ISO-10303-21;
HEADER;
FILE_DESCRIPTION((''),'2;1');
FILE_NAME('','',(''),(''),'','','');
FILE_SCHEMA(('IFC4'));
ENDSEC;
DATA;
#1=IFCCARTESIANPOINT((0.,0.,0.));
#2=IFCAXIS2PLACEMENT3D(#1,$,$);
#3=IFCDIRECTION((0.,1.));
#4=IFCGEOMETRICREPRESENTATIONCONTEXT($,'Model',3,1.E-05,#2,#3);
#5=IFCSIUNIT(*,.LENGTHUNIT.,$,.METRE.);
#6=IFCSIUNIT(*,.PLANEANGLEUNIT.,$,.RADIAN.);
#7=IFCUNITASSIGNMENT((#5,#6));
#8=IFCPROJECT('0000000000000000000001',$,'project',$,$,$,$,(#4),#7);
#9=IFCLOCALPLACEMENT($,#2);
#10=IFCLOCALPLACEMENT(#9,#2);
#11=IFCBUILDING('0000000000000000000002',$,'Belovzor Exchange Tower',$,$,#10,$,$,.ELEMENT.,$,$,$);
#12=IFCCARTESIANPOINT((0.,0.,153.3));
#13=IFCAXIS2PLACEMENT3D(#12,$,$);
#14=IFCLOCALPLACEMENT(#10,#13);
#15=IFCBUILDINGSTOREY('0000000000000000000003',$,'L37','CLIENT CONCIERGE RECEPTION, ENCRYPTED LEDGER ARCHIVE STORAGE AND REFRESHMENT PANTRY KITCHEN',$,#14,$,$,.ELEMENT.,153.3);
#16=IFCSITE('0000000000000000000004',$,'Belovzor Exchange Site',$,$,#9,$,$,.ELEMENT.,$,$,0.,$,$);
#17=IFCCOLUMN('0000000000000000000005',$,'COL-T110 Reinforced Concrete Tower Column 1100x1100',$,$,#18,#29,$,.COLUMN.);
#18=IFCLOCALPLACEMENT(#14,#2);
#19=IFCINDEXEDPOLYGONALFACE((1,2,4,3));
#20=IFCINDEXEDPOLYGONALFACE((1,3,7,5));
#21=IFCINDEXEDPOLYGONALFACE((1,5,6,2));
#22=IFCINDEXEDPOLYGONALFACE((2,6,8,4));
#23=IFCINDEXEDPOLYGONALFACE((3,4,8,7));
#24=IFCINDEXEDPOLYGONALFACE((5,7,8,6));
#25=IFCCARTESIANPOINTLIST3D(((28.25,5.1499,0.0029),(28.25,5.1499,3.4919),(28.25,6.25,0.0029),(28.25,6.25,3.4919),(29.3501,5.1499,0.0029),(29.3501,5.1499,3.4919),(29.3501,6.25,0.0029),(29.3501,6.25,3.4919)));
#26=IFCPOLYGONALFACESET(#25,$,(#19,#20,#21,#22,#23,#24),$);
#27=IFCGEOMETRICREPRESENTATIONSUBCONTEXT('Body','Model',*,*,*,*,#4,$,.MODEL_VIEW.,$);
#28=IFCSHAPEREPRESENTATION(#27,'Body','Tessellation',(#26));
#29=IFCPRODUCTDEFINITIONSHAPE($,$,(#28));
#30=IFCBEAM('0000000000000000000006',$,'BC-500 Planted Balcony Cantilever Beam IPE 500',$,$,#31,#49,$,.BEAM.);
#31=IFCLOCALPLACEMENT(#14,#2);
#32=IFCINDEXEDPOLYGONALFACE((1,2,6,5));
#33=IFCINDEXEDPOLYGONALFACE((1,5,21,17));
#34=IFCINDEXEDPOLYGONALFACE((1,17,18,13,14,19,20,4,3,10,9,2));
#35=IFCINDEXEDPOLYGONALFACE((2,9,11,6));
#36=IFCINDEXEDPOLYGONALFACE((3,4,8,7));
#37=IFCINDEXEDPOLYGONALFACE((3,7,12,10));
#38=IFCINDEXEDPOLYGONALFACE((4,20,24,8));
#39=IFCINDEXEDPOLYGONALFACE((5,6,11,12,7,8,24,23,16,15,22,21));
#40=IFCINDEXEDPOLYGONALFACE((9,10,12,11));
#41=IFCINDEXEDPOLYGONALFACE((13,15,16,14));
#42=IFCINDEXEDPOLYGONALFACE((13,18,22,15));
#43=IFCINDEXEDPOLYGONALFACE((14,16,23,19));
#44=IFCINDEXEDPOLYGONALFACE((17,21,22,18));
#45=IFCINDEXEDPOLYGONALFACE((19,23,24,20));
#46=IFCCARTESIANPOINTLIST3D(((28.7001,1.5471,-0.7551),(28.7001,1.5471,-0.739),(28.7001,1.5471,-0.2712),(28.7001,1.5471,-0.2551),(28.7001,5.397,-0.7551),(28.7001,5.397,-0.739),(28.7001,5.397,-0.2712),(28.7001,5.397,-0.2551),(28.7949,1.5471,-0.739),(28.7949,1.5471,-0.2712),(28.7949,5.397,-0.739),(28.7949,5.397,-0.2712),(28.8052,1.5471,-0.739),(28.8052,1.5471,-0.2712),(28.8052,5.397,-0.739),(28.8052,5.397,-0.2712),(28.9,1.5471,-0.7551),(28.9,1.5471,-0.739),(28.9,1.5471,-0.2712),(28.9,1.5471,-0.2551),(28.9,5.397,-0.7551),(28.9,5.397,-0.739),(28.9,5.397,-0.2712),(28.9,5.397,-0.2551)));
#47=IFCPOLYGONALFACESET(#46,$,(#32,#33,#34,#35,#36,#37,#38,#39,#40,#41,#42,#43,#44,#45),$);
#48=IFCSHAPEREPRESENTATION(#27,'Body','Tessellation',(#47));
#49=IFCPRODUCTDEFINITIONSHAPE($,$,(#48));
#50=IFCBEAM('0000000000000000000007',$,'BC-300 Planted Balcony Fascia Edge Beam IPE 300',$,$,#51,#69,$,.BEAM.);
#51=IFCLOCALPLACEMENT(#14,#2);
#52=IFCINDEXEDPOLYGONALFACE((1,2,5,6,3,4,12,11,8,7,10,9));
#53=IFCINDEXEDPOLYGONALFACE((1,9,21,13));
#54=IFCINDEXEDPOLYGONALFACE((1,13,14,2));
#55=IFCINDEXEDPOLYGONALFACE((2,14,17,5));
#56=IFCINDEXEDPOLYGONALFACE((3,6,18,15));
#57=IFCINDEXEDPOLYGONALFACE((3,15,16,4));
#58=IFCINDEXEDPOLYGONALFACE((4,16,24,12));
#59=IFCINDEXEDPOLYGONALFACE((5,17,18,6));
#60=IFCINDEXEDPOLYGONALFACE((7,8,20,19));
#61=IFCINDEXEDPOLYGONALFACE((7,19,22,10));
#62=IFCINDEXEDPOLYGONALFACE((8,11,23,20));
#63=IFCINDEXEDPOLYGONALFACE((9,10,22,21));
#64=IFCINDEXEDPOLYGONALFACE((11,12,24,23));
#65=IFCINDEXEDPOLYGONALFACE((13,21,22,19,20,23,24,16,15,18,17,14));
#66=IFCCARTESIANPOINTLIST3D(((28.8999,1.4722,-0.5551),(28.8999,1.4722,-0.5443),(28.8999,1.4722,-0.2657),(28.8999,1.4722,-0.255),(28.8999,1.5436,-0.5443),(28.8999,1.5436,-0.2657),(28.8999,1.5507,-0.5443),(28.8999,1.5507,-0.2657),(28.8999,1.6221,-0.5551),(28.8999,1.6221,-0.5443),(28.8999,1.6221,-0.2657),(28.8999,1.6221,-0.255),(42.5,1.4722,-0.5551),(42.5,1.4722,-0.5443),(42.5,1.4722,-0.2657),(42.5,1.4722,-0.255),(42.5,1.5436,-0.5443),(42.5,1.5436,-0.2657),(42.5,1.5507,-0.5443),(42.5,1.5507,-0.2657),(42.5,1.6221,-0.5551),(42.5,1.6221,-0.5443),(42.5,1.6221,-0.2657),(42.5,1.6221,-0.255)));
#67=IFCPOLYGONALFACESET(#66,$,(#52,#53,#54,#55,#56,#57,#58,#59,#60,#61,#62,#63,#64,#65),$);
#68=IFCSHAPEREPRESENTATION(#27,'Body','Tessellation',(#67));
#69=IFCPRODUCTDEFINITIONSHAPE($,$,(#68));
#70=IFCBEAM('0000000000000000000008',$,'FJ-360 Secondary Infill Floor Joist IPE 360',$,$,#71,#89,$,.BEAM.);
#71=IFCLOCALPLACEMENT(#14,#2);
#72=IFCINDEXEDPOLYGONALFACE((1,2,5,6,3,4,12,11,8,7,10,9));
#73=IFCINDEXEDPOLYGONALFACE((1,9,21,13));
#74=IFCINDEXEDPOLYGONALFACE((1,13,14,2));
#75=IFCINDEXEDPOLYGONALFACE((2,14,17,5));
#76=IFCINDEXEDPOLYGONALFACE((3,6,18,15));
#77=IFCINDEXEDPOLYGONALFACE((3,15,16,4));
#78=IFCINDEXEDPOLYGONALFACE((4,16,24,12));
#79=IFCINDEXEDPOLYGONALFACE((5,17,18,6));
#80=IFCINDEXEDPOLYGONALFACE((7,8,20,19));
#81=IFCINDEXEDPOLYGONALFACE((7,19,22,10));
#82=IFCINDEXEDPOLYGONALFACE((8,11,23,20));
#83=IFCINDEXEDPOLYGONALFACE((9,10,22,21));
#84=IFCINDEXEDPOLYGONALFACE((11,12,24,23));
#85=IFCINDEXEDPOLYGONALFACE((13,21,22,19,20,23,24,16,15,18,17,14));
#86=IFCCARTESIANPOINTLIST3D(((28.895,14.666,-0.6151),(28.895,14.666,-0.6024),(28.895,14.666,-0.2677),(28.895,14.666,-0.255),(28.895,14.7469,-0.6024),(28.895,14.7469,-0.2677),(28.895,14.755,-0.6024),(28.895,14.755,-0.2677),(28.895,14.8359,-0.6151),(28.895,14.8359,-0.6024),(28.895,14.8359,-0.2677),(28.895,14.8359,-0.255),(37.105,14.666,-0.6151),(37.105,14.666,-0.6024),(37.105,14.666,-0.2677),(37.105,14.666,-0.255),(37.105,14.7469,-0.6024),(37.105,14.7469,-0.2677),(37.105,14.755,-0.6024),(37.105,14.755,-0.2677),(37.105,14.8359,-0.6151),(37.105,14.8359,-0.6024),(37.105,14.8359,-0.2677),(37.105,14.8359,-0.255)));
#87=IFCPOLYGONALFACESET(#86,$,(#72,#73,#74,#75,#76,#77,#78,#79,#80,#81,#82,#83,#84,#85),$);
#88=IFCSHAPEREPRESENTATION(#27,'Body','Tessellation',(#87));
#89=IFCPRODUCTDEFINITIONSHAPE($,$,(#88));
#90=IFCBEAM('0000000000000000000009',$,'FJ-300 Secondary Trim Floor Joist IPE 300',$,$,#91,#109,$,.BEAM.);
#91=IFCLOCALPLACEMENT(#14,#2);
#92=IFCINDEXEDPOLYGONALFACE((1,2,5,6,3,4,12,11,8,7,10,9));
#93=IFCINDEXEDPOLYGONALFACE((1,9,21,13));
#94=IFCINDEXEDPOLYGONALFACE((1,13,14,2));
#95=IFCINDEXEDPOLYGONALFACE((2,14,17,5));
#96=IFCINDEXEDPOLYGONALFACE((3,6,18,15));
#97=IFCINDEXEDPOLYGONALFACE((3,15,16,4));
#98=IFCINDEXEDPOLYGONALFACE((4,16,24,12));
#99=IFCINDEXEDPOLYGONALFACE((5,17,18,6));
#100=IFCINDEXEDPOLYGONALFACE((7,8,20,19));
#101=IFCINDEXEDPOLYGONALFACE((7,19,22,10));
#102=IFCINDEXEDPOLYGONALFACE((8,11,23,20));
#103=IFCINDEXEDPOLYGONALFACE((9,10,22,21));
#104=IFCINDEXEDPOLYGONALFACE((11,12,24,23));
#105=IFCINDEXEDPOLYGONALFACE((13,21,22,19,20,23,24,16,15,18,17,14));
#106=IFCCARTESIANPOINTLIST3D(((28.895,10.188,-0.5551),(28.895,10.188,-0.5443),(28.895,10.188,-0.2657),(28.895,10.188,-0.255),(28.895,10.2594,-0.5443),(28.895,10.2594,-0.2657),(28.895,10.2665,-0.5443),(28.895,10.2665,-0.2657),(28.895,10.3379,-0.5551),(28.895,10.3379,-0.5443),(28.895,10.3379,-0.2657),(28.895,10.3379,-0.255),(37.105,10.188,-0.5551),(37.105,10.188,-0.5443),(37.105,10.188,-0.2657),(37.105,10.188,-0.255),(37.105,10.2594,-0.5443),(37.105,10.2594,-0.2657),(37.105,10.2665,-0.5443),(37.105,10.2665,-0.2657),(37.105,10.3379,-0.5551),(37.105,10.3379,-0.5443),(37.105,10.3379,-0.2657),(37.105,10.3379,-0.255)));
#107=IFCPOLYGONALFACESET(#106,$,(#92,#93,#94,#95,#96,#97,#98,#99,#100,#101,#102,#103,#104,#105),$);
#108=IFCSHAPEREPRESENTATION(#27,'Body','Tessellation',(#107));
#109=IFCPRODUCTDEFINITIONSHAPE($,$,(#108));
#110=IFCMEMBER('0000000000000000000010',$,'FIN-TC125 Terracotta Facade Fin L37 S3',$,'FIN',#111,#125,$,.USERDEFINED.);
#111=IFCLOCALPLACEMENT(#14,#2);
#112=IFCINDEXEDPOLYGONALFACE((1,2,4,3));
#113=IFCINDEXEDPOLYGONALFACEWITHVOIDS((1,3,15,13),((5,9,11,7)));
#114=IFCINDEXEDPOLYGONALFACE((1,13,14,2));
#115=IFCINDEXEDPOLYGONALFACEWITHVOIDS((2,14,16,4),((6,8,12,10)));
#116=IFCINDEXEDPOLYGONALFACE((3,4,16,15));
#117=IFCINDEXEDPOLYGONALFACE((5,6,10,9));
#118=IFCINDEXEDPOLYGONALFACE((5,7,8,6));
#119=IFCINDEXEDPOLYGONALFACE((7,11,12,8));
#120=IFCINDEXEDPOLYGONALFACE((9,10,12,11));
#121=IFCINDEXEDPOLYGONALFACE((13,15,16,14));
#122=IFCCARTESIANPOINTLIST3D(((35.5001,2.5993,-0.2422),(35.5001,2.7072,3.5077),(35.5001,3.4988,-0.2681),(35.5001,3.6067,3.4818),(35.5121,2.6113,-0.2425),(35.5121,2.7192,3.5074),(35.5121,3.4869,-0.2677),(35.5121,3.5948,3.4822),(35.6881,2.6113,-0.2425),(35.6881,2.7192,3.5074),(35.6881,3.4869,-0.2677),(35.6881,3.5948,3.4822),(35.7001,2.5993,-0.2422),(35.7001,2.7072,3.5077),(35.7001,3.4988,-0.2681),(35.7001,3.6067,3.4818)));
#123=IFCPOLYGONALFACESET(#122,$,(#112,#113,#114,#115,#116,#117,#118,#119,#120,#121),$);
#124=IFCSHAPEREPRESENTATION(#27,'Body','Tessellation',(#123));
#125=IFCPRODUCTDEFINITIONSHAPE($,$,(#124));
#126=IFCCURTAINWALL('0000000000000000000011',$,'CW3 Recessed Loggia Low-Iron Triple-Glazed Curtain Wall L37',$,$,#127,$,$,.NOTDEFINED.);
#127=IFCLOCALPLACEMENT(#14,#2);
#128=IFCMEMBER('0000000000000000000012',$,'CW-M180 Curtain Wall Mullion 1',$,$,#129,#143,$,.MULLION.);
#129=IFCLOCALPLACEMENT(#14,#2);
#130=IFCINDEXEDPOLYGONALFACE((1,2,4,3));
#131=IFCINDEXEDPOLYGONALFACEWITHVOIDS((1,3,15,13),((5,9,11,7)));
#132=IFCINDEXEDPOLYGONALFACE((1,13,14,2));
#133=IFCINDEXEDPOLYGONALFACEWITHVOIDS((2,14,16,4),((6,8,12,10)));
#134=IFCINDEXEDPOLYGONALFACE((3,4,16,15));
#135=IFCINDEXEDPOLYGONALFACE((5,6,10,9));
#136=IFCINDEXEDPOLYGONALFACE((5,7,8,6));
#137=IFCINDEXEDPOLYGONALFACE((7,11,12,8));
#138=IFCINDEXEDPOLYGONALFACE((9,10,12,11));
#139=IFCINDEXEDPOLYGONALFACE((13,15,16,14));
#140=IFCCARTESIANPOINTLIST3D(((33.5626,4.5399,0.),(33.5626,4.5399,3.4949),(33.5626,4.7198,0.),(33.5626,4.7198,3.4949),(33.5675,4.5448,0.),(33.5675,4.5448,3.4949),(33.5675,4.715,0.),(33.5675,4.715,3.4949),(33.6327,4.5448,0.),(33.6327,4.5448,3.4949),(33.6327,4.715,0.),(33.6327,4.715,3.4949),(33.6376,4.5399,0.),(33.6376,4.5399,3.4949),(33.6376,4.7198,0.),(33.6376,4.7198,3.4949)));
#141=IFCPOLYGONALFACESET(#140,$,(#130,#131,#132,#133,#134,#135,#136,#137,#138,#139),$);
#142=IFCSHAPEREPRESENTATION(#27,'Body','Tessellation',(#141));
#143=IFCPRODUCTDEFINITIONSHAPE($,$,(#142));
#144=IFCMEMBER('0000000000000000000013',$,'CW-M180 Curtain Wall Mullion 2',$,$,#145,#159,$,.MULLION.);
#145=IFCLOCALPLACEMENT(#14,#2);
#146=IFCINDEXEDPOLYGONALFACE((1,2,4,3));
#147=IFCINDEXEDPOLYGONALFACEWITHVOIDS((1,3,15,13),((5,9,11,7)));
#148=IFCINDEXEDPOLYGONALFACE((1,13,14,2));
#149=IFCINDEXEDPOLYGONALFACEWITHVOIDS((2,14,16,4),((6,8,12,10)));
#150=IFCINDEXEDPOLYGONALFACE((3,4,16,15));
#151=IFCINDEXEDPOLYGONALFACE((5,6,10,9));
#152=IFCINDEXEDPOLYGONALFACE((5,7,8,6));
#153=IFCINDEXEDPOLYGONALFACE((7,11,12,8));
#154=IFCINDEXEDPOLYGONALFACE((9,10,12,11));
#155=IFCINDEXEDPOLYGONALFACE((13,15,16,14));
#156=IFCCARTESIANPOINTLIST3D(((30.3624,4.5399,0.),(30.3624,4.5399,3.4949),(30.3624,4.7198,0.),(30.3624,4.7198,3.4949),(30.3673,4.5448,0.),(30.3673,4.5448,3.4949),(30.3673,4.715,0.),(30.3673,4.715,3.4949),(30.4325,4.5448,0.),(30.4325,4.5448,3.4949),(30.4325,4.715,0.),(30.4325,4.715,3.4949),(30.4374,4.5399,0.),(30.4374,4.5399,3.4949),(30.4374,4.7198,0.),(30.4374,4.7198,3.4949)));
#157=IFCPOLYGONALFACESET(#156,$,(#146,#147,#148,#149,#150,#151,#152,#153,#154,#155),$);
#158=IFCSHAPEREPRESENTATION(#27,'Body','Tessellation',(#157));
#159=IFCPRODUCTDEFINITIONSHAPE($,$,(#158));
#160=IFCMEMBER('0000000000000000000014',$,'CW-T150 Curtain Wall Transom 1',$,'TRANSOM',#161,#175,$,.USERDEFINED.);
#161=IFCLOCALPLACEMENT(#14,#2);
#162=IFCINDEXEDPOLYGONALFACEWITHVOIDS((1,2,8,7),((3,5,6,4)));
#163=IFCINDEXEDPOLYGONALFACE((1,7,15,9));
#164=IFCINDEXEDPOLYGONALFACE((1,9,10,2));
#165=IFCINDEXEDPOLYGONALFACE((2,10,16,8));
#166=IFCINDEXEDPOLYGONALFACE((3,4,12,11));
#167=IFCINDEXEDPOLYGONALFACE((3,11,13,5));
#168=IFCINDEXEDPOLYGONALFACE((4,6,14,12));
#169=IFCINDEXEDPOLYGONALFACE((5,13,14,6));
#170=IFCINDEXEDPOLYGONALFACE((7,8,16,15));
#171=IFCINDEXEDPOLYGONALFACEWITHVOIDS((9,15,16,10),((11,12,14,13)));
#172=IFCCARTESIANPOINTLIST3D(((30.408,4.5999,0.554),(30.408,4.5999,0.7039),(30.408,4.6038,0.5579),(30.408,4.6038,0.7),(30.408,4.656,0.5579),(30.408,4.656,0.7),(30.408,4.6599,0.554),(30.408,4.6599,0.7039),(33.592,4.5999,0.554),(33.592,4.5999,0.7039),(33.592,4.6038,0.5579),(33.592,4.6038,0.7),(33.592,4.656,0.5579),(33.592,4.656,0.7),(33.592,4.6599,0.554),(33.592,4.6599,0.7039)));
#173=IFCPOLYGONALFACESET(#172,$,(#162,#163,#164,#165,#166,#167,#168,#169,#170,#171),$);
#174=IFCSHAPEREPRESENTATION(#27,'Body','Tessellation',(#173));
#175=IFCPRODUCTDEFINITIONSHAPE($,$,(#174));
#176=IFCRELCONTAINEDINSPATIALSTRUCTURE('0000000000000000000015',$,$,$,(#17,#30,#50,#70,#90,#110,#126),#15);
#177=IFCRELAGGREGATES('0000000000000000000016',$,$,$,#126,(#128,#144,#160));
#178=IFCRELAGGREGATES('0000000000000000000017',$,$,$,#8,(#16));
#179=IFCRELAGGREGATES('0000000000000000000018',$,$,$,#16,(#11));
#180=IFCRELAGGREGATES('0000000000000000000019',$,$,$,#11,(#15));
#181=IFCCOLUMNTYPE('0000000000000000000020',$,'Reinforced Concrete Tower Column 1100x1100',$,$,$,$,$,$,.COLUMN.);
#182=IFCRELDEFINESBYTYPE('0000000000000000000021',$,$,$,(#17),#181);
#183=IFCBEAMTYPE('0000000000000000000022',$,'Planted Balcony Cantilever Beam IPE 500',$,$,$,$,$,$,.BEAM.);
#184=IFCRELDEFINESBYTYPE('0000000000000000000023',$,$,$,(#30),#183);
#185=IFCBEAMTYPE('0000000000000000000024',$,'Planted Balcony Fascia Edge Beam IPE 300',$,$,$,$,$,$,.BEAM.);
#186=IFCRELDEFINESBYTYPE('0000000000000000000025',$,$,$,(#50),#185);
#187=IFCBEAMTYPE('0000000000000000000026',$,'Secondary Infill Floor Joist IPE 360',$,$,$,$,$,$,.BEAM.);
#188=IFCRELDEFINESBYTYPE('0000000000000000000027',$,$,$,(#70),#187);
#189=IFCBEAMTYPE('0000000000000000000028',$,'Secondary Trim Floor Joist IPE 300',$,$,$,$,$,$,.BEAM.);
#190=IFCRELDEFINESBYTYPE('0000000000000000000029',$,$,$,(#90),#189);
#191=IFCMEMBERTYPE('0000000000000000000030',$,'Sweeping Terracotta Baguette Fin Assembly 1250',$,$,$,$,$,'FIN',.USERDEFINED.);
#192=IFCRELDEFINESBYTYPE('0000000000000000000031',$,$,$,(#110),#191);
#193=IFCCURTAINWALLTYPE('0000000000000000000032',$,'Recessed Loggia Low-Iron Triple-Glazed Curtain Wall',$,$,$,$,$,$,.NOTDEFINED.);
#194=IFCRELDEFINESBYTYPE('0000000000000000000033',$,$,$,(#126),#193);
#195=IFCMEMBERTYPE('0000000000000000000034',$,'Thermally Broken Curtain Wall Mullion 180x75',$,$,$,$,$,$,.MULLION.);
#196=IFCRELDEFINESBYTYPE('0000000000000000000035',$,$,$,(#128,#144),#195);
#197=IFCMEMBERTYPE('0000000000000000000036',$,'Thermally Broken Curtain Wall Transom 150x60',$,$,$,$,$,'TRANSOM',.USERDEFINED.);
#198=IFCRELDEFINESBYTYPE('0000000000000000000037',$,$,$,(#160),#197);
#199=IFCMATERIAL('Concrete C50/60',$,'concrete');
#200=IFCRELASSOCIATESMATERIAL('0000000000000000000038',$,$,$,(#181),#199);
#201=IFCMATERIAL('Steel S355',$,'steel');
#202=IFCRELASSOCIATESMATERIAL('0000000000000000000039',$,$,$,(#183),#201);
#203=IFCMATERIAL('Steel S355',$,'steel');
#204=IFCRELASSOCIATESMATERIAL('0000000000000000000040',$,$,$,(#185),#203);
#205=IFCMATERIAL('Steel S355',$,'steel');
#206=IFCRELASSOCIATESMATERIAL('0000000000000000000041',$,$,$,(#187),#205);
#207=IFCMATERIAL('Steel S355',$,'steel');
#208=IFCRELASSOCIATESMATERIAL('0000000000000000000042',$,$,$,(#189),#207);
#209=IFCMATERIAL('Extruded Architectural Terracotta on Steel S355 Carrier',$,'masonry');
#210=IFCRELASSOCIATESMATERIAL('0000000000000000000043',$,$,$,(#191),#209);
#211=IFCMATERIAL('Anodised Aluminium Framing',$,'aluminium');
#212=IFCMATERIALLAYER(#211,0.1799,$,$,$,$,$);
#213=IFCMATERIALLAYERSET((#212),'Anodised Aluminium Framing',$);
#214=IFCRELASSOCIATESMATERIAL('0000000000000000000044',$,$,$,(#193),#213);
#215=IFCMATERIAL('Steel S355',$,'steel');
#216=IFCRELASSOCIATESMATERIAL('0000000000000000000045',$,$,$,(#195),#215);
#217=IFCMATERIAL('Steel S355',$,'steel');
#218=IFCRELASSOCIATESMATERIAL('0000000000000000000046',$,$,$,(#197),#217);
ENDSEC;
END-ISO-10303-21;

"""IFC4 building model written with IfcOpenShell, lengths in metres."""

from ifc_helpers import new_model, si_unit, direction, frame, origin, origin_2d, place, context, subcontext, project, spatial, rectangle, hollow_rectangle, i_section, extrude, material, layer, layer_set, material_profile, profile_set, type_object, element, aggregate, save


model = new_model("IFC4")

# Units and contexts
model_context = context("Model", 3, precision=1e-05, world=origin(), true_north=direction((0.0, 1.0)))
body_context = subcontext(model_context, "Body", "Model", "MODEL_VIEW")
ifc_project = project(units=[si_unit("LENGTHUNIT", "METRE"), si_unit("PLANEANGLEUNIT", "RADIAN")], contexts=[model_context])

# Site, building, storey
site_placement = place(None, origin())
site = spatial("IfcSite", under=ifc_project, at=site_placement, Name="Belovzor Exchange Site", CompositionType="ELEMENT", RefElevation=0.0)
building_placement = place(site_placement, origin())
building = spatial("IfcBuilding", under=site, at=building_placement, Name="Belovzor Exchange Tower", CompositionType="ELEMENT")
storey_placement = place(building_placement, frame((0.0, 0.0, 153.3)))
storey = spatial("IfcBuildingStorey", under=building, at=storey_placement, Name="L37", Description="CLIENT CONCIERGE RECEPTION, ENCRYPTED LEDGER ARCHIVE STORAGE AND REFRESHMENT PANTRY KITCHEN", CompositionType="ELEMENT", Elevation=153.3)

# Column
ifc_material_1 = material(Name="Concrete C50/60", Category="concrete")
ifc_material_profile_1 = material_profile(ifc_material_1, rectangle(XDim=1.1001, YDim=1.1001, at=origin_2d()))
ifc_profile_set_1 = profile_set([ifc_material_profile_1], Name="Concrete C50/60")
column_type = type_object("IfcColumnType", Name="Reinforced Concrete Tower Column 1100x1100", PredefinedType="COLUMN", material=ifc_profile_set_1)
column_placement = place(storey_placement, frame((28.8, 5.7, 0.0029), z_axis=(0.0, 0.0, 1.0), x_axis=(1.0, 0.0, 0.0)))
element("IfcColumn", 1, at=column_placement, inside=storey, type_object=column_type, Name="COL-T110 Reinforced Concrete Tower Column 1100x1100", PredefinedType="COLUMN", context=body_context, shape_type="SweptSolid", body=[
    extrude(rectangle(XDim=1.1001, YDim=1.1001, at=origin_2d()), origin(), (0.0, 0.0, 1.0), 3.489),
])

# Beams
ifc_material_2 = material(Name="Steel S355", Category="steel")
ifc_material_profile_2 = material_profile(ifc_material_2, i_section(OverallWidth=0.2, OverallDepth=0.5, WebThickness=0.0103, FlangeThickness=0.0161, at=origin_2d()))
ifc_profile_set_2 = profile_set([ifc_material_profile_2], Name="Steel S355")
beam_type_1 = type_object("IfcBeamType", Name="Planted Balcony Cantilever Beam IPE 500", PredefinedType="BEAM", material=ifc_profile_set_2)
beam_1_placement = place(storey_placement, frame((28.8, 5.397, -0.5051), z_axis=(0.0, -1.0, 0.0), x_axis=(1.0, 0.0, 0.0)))
element("IfcBeam", 2, at=beam_1_placement, inside=storey, type_object=beam_type_1, Name="BC-500 Planted Balcony Cantilever Beam IPE 500", PredefinedType="BEAM", context=body_context, shape_type="SweptSolid", body=[
    extrude(i_section(OverallWidth=0.2, OverallDepth=0.5, WebThickness=0.0103, FlangeThickness=0.0161, at=origin_2d()), origin(), (0.0, 0.0, 1.0), 3.8499),
])
ifc_material_3 = material(Name="Steel S355", Category="steel")
ifc_material_profile_3 = material_profile(ifc_material_3, i_section(OverallWidth=0.1499, OverallDepth=0.3, WebThickness=0.0071, FlangeThickness=0.0107, at=origin_2d()))
ifc_profile_set_3 = profile_set([ifc_material_profile_3], Name="Steel S355")
beam_type_2 = type_object("IfcBeamType", Name="Planted Balcony Fascia Edge Beam IPE 300", PredefinedType="BEAM", material=ifc_profile_set_3)
beam_2_placement = place(storey_placement, frame((28.8999, 1.5471, -0.405), z_axis=(1.0, 0.0, 0.0), x_axis=(0.0, 1.0, 0.0)))
element("IfcBeam", 3, at=beam_2_placement, inside=storey, type_object=beam_type_2, Name="BC-300 Planted Balcony Fascia Edge Beam IPE 300", PredefinedType="BEAM", context=body_context, shape_type="SweptSolid", body=[
    extrude(i_section(OverallWidth=0.1499, OverallDepth=0.3, WebThickness=0.0071, FlangeThickness=0.0107, at=origin_2d()), origin(), (0.0, 0.0, 1.0), 13.6001),
])
ifc_material_4 = material(Name="Steel S355", Category="steel")
ifc_material_profile_4 = material_profile(ifc_material_4, i_section(OverallWidth=0.1699, OverallDepth=0.3601, WebThickness=0.0081, FlangeThickness=0.0127, at=origin_2d()))
ifc_profile_set_4 = profile_set([ifc_material_profile_4], Name="Steel S355")
beam_type_3 = type_object("IfcBeamType", Name="Secondary Infill Floor Joist IPE 360", PredefinedType="BEAM", material=ifc_profile_set_4)
beam_3_placement = place(storey_placement, frame((28.895, 14.751, -0.4351), z_axis=(1.0, 0.0, 0.0), x_axis=(0.0, 1.0, 0.0)))
element("IfcBeam", 4, at=beam_3_placement, inside=storey, type_object=beam_type_3, Name="FJ-360 Secondary Infill Floor Joist IPE 360", PredefinedType="BEAM", context=body_context, shape_type="SweptSolid", body=[
    extrude(i_section(OverallWidth=0.1699, OverallDepth=0.3601, WebThickness=0.0081, FlangeThickness=0.0127, at=origin_2d()), origin(), (0.0, 0.0, 1.0), 8.21),
])
ifc_material_5 = material(Name="Steel S355", Category="steel")
ifc_material_profile_5 = material_profile(ifc_material_5, i_section(OverallWidth=0.1499, OverallDepth=0.3, WebThickness=0.0071, FlangeThickness=0.0107, at=origin_2d()))
ifc_profile_set_5 = profile_set([ifc_material_profile_5], Name="Steel S355")
beam_type_4 = type_object("IfcBeamType", Name="Secondary Trim Floor Joist IPE 300", PredefinedType="BEAM", material=ifc_profile_set_5)
beam_4_placement = place(storey_placement, frame((28.895, 10.2629, -0.405), z_axis=(1.0, 0.0, 0.0), x_axis=(0.0, 1.0, 0.0)))
element("IfcBeam", 5, at=beam_4_placement, inside=storey, type_object=beam_type_4, Name="FJ-300 Secondary Trim Floor Joist IPE 300", PredefinedType="BEAM", context=body_context, shape_type="SweptSolid", body=[
    extrude(i_section(OverallWidth=0.1499, OverallDepth=0.3, WebThickness=0.0071, FlangeThickness=0.0107, at=origin_2d()), origin(), (0.0, 0.0, 1.0), 8.21),
])

# Member
ifc_material_6 = material(Name="Extruded Architectural Terracotta on Steel S355 Carrier", Category="masonry")
ifc_material_profile_6 = material_profile(ifc_material_6, hollow_rectangle(XDim=0.2, YDim=0.8999, WallThickness=0.012, at=origin_2d()))
ifc_profile_set_6 = profile_set([ifc_material_profile_6], Name="Extruded Architectural Terracotta on Steel S355 Carrier")
member_type_1 = type_object("IfcMemberType", Name="Sweeping Terracotta Baguette Fin Assembly 1250", ElementType="FIN", PredefinedType="USERDEFINED", material=ifc_profile_set_6)
member_1_placement = place(storey_placement, frame((35.6001, 3.0491, -0.2551), z_axis=(0.0, 0.028764, 0.999586), x_axis=(-1.0, 0.0, 0.0)))
element("IfcMember", 6, at=member_1_placement, inside=storey, type_object=member_type_1, Name="FIN-TC125 Terracotta Facade Fin L37 S3", ObjectType="FIN", PredefinedType="USERDEFINED", context=body_context, shape_type="SweptSolid", body=[
    extrude(hollow_rectangle(XDim=0.2, YDim=0.8999, WallThickness=0.012, at=origin_2d()), origin(), (0.0, 0.0, 1.0), 3.7515),
])

# Curtain wall, members
ifc_material_7 = material(Name="Anodised Aluminium Framing", Category="aluminium")
ifc_layer_1 = layer(ifc_material_7, 0.1799)
ifc_layer_set_1 = layer_set([ifc_layer_1], Name="Anodised Aluminium Framing")
curtain_wall_type = type_object("IfcCurtainWallType", Name="Recessed Loggia Low-Iron Triple-Glazed Curtain Wall", PredefinedType="NOTDEFINED", material=ifc_layer_set_1)
curtain_wall_placement = place(storey_placement, origin())
curtain_wall = element("IfcCurtainWall", 7, at=curtain_wall_placement, inside=storey, type_object=curtain_wall_type, Name="CW3 Recessed Loggia Low-Iron Triple-Glazed Curtain Wall L37", PredefinedType="NOTDEFINED")
ifc_material_8 = material(Name="Steel S355", Category="steel")
ifc_material_profile_7 = material_profile(ifc_material_8, hollow_rectangle(XDim=0.075, YDim=0.1799, WallThickness=0.0049, at=origin_2d()))
ifc_profile_set_7 = profile_set([ifc_material_profile_7], Name="Steel S355")
member_type_2 = type_object("IfcMemberType", Name="Thermally Broken Curtain Wall Mullion 180x75", PredefinedType="MULLION", material=ifc_profile_set_7)
member_2_placement = place(storey_placement, frame((33.6001, 4.6299, 0.0), z_axis=(0.0, 0.0, 1.0), x_axis=(-1.0, 0.0, 0.0)))
member_2 = element("IfcMember", 8, at=member_2_placement, type_object=member_type_2, Name="CW-M180 Curtain Wall Mullion 1", PredefinedType="MULLION", context=body_context, shape_type="SweptSolid", body=[
    extrude(hollow_rectangle(XDim=0.075, YDim=0.1799, WallThickness=0.0049, at=origin_2d()), origin(), (0.0, 0.0, 1.0), 3.4949),
])
member_3_placement = place(storey_placement, frame((30.3999, 4.6299, 0.0), z_axis=(0.0, 0.0, 1.0), x_axis=(-1.0, 0.0, 0.0)))
member_3 = element("IfcMember", 9, at=member_3_placement, type_object=member_type_2, Name="CW-M180 Curtain Wall Mullion 2", PredefinedType="MULLION", context=body_context, shape_type="SweptSolid", body=[
    extrude(hollow_rectangle(XDim=0.075, YDim=0.1799, WallThickness=0.0049, at=origin_2d()), origin(), (0.0, 0.0, 1.0), 3.4949),
])
ifc_material_9 = material(Name="Steel S355", Category="steel")
ifc_material_profile_8 = material_profile(ifc_material_9, hollow_rectangle(XDim=0.0601, YDim=0.1499, WallThickness=0.0039, at=origin_2d()))
ifc_profile_set_8 = profile_set([ifc_material_profile_8], Name="Steel S355")
member_type_3 = type_object("IfcMemberType", Name="Thermally Broken Curtain Wall Transom 150x60", ElementType="TRANSOM", PredefinedType="USERDEFINED", material=ifc_profile_set_8)
member_4_placement = place(storey_placement, frame((33.592, 4.6299, 0.6289), z_axis=(-1.0, 0.0, 0.0), x_axis=(0.0, -1.0, 0.0)))
member_4 = element("IfcMember", 10, at=member_4_placement, type_object=member_type_3, Name="CW-T150 Curtain Wall Transom 1", ObjectType="TRANSOM", PredefinedType="USERDEFINED", context=body_context, shape_type="SweptSolid", body=[
    extrude(hollow_rectangle(XDim=0.0601, YDim=0.1499, WallThickness=0.0039, at=origin_2d()), origin(), (0.0, 0.0, 1.0), 3.1841),
])

aggregate(curtain_wall, [member_2, member_3, member_4])

save(model, "model.ifc")
